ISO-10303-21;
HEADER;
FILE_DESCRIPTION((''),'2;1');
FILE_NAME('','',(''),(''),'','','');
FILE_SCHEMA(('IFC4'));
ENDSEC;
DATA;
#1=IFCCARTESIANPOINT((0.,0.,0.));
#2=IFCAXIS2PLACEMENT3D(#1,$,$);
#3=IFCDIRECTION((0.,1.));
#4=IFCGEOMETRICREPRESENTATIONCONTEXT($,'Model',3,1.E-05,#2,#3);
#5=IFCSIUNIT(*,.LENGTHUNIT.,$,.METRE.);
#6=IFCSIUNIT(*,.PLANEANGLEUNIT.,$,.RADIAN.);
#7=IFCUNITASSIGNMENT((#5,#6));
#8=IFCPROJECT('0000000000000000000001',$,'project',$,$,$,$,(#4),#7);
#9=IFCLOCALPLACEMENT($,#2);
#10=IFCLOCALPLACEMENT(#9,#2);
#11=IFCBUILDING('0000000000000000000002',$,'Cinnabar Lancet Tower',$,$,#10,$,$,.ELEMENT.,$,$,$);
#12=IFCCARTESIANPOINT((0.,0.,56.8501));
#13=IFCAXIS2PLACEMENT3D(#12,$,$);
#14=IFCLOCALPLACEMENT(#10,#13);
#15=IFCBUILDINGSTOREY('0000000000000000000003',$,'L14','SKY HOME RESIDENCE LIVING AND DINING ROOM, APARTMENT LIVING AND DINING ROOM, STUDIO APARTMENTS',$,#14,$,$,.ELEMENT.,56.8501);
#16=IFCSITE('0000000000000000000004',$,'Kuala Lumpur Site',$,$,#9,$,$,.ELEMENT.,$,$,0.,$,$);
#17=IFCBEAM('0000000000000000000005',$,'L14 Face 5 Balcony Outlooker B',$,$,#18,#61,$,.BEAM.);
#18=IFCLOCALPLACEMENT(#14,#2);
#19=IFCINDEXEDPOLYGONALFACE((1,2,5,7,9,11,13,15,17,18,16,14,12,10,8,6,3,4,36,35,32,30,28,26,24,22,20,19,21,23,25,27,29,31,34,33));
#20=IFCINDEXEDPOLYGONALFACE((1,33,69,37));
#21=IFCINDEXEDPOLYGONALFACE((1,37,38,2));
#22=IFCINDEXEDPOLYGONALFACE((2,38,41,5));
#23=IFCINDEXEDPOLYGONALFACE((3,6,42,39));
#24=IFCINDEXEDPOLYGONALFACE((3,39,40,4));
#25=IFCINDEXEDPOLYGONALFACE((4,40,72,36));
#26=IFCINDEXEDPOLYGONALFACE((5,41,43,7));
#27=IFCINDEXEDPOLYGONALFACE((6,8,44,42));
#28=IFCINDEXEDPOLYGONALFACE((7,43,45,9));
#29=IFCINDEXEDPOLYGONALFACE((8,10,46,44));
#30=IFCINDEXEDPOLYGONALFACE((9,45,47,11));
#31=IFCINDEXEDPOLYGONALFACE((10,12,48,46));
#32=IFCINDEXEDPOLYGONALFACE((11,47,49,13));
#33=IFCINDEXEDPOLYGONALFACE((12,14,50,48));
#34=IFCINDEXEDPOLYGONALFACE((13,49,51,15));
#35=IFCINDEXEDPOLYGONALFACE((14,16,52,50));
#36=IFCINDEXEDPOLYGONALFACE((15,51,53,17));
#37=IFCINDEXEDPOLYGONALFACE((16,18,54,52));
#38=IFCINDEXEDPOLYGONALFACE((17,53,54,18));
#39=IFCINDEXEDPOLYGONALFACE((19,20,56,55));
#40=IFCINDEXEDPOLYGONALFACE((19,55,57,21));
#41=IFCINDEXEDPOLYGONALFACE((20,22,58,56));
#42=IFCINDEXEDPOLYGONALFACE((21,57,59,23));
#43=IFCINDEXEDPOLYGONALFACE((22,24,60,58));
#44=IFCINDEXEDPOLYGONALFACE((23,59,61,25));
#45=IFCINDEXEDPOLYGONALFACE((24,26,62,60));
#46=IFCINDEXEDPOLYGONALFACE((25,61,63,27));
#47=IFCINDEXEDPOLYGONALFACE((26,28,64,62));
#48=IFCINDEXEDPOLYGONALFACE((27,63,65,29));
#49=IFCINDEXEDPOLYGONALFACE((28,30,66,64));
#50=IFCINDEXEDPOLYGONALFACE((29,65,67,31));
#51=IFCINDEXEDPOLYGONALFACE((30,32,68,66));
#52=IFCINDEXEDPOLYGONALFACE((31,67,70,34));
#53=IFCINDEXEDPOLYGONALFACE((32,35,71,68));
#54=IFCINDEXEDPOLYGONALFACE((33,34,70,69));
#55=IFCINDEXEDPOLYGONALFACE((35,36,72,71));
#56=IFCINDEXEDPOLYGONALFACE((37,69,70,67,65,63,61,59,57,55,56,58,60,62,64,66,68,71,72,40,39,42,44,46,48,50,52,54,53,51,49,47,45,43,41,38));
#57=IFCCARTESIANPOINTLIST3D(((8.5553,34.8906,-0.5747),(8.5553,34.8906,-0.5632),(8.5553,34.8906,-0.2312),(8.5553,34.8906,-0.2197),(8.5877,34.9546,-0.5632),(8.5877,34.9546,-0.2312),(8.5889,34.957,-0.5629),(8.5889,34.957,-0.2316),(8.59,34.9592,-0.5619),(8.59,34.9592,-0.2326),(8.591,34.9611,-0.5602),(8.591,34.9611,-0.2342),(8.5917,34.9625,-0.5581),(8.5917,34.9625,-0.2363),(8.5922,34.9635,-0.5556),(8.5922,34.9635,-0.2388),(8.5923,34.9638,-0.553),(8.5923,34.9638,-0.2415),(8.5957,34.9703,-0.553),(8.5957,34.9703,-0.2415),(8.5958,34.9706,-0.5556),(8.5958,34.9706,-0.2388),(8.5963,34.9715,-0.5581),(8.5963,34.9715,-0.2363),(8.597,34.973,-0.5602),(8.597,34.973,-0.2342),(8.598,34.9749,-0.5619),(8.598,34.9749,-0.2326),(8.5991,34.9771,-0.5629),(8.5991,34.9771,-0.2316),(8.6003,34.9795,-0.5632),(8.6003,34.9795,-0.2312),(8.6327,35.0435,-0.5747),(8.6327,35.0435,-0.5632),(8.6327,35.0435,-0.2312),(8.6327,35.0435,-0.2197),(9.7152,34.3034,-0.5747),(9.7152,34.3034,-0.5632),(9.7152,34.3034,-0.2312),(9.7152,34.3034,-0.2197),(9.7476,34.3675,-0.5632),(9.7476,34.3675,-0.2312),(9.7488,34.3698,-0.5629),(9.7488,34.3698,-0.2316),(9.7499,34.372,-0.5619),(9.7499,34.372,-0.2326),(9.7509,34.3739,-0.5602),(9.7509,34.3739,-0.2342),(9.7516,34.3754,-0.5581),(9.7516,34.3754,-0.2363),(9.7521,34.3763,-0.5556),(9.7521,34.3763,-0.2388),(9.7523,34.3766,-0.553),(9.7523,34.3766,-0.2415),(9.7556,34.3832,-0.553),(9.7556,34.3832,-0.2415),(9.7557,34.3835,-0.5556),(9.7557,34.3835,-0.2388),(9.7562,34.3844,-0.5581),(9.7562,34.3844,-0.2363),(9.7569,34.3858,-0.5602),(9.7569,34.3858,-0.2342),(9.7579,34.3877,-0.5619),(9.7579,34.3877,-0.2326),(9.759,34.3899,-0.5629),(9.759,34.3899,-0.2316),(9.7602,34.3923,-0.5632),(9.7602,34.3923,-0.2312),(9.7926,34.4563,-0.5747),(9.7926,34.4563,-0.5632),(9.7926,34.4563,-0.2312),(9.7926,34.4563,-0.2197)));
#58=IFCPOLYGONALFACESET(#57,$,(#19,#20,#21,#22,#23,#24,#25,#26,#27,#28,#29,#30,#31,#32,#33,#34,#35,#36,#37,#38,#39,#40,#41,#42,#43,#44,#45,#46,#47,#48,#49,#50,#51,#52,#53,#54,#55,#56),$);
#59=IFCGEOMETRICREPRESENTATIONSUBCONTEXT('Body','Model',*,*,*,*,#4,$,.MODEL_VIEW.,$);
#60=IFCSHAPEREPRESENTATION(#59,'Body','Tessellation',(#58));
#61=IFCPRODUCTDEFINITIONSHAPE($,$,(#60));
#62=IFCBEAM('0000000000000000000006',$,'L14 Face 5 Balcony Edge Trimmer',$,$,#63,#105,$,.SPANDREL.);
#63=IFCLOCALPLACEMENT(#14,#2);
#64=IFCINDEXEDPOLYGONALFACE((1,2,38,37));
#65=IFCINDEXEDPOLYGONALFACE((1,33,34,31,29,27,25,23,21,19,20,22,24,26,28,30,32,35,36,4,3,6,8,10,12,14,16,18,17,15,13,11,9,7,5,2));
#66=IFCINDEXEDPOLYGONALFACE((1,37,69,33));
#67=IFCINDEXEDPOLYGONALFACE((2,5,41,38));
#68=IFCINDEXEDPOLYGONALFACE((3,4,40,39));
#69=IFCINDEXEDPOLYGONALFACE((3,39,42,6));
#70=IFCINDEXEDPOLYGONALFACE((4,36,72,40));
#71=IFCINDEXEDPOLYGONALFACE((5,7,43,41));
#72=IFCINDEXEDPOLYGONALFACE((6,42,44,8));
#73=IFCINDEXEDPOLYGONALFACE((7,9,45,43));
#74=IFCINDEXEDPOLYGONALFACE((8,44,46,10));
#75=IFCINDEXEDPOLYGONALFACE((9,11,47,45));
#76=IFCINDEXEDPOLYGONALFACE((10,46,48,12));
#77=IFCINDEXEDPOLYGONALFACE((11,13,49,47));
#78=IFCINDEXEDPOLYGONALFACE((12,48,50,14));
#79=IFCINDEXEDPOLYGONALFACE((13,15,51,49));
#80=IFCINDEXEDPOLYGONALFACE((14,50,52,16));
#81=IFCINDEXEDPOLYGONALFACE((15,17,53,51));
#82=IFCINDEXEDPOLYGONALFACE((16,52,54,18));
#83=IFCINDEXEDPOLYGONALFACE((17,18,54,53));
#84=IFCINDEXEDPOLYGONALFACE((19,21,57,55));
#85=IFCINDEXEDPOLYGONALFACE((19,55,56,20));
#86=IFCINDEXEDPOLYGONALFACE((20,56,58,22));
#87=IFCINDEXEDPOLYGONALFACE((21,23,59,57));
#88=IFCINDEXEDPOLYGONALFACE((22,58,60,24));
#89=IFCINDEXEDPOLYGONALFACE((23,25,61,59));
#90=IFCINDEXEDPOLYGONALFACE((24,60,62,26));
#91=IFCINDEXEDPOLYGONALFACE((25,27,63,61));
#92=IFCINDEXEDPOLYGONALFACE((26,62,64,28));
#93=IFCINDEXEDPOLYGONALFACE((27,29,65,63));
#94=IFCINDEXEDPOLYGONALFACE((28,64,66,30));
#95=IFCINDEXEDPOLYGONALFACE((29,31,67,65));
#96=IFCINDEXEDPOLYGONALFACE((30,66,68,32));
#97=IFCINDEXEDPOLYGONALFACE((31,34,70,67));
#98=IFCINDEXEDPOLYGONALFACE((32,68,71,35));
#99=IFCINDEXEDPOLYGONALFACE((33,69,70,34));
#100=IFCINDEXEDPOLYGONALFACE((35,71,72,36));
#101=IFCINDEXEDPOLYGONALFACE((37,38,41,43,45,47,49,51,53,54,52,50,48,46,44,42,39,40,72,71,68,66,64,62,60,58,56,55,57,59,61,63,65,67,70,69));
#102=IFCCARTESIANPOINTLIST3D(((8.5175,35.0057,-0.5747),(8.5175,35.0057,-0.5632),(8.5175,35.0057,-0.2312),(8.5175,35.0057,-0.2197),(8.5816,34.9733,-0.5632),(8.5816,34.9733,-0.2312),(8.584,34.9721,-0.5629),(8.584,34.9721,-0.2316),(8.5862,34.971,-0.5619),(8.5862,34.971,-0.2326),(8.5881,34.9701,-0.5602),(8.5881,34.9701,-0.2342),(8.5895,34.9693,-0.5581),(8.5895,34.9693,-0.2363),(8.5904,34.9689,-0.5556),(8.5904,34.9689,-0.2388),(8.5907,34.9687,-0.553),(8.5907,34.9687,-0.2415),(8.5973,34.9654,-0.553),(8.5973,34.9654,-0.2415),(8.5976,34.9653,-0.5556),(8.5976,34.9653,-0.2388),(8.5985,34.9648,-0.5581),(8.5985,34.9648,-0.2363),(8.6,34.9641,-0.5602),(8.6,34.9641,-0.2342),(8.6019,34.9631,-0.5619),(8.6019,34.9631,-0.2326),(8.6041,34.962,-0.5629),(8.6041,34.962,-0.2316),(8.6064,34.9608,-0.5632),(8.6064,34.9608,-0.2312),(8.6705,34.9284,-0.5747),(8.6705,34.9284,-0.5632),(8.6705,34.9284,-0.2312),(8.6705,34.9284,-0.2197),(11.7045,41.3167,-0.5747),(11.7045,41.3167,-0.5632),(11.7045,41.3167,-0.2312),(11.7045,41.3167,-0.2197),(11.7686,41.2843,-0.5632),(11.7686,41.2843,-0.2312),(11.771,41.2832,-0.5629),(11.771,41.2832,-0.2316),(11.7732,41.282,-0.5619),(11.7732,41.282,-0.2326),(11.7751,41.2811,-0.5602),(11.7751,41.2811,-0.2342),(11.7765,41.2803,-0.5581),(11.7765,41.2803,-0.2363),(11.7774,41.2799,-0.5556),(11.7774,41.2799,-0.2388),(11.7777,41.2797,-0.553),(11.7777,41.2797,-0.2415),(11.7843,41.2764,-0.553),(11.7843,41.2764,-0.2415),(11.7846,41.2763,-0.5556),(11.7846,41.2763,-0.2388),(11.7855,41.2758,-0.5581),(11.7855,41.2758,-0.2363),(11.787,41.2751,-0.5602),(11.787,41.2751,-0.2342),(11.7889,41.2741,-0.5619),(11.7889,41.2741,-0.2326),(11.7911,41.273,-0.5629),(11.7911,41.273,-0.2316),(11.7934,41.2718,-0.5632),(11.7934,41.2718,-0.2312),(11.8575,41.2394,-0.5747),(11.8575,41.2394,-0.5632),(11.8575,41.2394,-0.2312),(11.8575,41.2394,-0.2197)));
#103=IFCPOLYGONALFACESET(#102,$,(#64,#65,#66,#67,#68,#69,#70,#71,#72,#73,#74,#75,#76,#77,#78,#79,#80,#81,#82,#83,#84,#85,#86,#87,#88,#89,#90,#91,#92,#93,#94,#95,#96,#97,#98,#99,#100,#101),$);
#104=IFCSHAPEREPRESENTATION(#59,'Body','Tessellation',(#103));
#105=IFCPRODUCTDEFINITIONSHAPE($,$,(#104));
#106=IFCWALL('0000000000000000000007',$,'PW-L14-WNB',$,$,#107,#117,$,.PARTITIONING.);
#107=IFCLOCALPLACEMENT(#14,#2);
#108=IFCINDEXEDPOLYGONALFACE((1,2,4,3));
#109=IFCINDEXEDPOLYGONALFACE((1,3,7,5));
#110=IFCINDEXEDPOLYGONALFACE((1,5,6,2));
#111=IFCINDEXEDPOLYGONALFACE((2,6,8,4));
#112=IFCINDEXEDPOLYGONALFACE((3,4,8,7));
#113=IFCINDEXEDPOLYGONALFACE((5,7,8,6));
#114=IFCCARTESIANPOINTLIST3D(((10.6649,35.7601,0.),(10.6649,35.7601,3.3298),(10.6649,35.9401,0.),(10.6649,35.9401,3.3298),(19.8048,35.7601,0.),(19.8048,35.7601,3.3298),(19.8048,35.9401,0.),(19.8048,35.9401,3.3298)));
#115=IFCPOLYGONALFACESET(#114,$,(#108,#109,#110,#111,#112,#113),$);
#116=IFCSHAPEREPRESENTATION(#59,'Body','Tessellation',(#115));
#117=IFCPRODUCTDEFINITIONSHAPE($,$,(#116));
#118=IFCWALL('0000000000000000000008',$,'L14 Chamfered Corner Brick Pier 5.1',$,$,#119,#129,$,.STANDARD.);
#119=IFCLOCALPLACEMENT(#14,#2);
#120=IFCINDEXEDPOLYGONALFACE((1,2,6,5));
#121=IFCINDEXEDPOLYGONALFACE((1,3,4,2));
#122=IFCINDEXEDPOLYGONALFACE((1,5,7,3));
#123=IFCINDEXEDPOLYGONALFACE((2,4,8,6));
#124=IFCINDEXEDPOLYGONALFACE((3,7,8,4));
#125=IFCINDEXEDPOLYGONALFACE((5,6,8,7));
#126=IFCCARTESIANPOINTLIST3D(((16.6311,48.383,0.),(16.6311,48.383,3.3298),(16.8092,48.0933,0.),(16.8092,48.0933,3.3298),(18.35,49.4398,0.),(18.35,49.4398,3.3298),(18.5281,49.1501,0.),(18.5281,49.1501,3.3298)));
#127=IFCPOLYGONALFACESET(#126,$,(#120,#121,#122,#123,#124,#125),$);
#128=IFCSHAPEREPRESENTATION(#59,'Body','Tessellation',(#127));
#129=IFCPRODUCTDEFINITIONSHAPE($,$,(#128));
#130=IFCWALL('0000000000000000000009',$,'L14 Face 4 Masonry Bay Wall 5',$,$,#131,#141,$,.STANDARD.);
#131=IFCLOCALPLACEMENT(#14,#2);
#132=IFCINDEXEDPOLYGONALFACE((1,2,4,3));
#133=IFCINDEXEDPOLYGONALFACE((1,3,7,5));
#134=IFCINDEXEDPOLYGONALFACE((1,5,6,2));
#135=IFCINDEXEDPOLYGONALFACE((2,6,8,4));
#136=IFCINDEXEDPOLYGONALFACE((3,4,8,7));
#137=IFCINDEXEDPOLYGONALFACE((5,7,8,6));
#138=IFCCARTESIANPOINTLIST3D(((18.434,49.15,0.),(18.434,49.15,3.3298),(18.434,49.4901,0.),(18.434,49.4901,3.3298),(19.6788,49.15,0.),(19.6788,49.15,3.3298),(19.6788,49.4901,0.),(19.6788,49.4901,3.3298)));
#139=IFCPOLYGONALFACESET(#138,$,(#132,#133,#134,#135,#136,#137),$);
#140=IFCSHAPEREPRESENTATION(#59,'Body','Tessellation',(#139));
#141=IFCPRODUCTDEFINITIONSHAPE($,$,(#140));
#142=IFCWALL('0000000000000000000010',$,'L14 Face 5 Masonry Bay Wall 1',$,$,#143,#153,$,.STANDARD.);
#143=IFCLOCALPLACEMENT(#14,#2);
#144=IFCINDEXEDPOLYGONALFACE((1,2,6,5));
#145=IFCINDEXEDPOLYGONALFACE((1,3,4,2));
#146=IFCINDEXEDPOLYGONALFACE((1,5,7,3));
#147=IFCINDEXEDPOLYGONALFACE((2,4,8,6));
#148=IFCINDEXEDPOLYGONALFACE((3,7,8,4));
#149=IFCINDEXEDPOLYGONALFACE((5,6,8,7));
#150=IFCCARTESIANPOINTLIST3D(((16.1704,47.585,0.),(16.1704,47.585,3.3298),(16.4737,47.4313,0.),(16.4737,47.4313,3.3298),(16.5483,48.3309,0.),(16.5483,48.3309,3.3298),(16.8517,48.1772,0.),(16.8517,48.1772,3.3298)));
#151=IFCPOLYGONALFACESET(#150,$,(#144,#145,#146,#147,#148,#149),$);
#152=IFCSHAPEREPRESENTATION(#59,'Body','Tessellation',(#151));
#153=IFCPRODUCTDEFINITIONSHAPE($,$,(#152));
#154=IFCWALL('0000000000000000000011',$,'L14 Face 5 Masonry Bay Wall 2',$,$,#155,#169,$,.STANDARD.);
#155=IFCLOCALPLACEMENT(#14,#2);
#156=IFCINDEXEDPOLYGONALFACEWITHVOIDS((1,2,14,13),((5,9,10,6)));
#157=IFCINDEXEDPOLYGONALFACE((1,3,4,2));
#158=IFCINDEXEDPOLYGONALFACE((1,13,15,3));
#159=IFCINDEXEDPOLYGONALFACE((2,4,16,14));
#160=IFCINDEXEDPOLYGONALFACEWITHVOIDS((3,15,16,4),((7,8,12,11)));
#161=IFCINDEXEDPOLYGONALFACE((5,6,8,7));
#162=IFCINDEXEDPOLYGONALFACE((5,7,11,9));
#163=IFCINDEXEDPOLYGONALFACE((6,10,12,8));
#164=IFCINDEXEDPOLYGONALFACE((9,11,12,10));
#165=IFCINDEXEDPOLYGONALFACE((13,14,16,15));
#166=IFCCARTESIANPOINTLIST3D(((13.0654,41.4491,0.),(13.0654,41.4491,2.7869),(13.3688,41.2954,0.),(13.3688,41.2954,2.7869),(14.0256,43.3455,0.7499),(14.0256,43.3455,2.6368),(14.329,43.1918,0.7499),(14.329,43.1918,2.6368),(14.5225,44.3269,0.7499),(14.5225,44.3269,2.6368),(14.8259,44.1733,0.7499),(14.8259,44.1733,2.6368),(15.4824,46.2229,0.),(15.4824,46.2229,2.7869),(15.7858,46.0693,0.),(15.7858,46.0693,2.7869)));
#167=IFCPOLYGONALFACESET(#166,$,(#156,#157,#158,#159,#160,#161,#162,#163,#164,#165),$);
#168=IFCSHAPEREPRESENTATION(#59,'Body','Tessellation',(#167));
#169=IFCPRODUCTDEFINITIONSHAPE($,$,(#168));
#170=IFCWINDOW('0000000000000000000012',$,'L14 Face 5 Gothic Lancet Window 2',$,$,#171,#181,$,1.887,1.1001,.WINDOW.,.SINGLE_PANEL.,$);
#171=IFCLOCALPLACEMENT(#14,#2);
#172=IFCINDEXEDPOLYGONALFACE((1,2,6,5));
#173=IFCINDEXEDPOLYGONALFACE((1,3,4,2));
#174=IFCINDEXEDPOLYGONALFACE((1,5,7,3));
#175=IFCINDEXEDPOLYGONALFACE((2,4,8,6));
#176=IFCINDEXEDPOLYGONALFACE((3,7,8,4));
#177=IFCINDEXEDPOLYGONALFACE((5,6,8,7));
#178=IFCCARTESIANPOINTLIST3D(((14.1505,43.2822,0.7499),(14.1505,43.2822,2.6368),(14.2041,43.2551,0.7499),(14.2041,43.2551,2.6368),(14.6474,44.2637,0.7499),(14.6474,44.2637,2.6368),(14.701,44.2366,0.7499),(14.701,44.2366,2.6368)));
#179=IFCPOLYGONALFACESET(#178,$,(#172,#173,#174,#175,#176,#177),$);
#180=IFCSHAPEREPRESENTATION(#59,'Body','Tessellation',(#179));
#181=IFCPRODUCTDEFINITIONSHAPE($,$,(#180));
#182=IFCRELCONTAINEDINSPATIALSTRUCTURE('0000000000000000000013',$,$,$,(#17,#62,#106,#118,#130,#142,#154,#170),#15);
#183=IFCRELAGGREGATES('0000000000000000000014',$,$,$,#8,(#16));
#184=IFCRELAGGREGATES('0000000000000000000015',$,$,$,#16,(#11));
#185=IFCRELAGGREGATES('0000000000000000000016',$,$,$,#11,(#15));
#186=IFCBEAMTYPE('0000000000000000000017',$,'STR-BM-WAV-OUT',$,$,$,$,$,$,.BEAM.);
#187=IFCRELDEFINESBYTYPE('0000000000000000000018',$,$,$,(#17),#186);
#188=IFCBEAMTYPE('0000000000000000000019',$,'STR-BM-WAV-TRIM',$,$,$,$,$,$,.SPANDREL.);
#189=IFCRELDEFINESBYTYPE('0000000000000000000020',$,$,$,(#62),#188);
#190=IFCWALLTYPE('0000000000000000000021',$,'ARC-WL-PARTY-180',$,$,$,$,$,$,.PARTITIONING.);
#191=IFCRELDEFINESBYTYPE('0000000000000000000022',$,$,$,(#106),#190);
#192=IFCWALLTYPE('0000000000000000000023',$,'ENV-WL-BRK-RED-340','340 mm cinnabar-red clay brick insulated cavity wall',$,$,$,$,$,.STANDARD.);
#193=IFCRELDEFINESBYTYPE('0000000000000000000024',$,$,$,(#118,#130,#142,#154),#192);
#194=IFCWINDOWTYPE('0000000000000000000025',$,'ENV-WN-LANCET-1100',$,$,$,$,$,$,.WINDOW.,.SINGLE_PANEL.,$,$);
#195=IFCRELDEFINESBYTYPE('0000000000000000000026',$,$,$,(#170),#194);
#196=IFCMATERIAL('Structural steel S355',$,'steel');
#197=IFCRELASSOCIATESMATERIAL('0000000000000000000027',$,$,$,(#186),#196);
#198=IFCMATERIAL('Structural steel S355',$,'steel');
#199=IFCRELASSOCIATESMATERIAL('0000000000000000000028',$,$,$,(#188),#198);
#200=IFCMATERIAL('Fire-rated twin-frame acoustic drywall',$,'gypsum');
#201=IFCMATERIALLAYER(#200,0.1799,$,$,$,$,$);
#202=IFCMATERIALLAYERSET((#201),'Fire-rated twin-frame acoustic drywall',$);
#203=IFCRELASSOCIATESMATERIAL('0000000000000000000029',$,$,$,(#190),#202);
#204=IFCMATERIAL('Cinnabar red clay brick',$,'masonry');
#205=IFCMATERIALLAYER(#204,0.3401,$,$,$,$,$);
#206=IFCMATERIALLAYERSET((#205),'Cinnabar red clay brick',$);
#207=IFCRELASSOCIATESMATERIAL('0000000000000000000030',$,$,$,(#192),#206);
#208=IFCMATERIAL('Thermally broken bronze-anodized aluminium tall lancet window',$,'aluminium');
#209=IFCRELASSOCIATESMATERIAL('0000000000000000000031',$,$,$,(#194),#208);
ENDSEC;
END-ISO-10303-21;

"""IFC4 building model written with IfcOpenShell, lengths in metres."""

from ifc_helpers import new_model, si_unit, direction, frame, frame_2d, origin, origin_2d, place, context, subcontext, project, spatial, rectangle, i_section, extrude, material, layer, layer_set, material_profile, profile_set, type_object, element, fill, save


model = new_model("IFC4")

# Units and contexts
model_context = context("Model", 3, precision=1e-05, world=origin(), true_north=direction((0.0, 1.0)))
body_context = subcontext(model_context, "Body", "Model", "MODEL_VIEW")
ifc_project = project(units=[si_unit("LENGTHUNIT", "METRE"), si_unit("PLANEANGLEUNIT", "RADIAN")], contexts=[model_context])

# Site, building, storey
site_placement = place(None, origin())
site = spatial("IfcSite", under=ifc_project, at=site_placement, Name="Kuala Lumpur Site", CompositionType="ELEMENT", RefElevation=0.0)
building_placement = place(site_placement, origin())
building = spatial("IfcBuilding", under=site, at=building_placement, Name="Cinnabar Lancet Tower", CompositionType="ELEMENT")
storey_placement = place(building_placement, frame((0.0, 0.0, 56.8501)))
storey = spatial("IfcBuildingStorey", under=building, at=storey_placement, Name="L14", Description="SKY HOME RESIDENCE LIVING AND DINING ROOM, APARTMENT LIVING AND DINING ROOM, STUDIO APARTMENTS", CompositionType="ELEMENT", Elevation=56.8501)

# Beams
ifc_material_1 = material(Name="Structural steel S355", Category="steel")
ifc_material_profile_1 = material_profile(ifc_material_1, i_section(OverallWidth=0.1714, OverallDepth=0.355, WebThickness=0.0073, FlangeThickness=0.0115, FilletRadius=0.0103, at=origin_2d()), Name="UKB 356x171x51")
ifc_profile_set_1 = profile_set([ifc_material_profile_1], Name="Structural steel S355")
beam_type_1 = type_object("IfcBeamType", Name="STR-BM-WAV-OUT", PredefinedType="BEAM", material=ifc_profile_set_1)
for number, where, z_axis, x_axis, name in (
    (1, (9.7539, 34.3799, -0.3972), (-0.8922, 0.45164, 0.0), (-0.45164, -0.8922, 0.0), "L14 Face 5 Balcony Outlooker B"),
):
    element("IfcBeam", number, at=place(storey_placement, frame(where, z_axis=z_axis, x_axis=x_axis)), inside=storey, type_object=beam_type_1, Name=name, PredefinedType="BEAM", context=body_context, shape_type="SweptSolid", body=[
        extrude(i_section(OverallWidth=0.1714, OverallDepth=0.355, WebThickness=0.0073, FlangeThickness=0.0115, FilletRadius=0.0103, at=origin_2d()), origin(), (0.0, 0.0, 1.0), 1.3),
    ])
ifc_material_2 = material(Name="Structural steel S355", Category="steel")
ifc_material_profile_2 = material_profile(ifc_material_2, i_section(OverallWidth=0.1714, OverallDepth=0.355, WebThickness=0.0073, FlangeThickness=0.0115, FilletRadius=0.0103, at=origin_2d()), Name="UKB 356x171x51")
ifc_profile_set_2 = profile_set([ifc_material_profile_2], Name="Structural steel S355")
beam_type_2 = type_object("IfcBeamType", Name="STR-BM-WAV-TRIM", PredefinedType="SPANDREL", material=ifc_profile_set_2)
beam_1_placement = place(storey_placement, frame((11.781, 41.2781, -0.3972), z_axis=(-0.450774, -0.892638, 0.0), x_axis=(0.892638, -0.450774, 0.0)))
element("IfcBeam", 2, at=beam_1_placement, inside=storey, type_object=beam_type_2, Name="L14 Face 5 Balcony Edge Trimmer", PredefinedType="SPANDREL", context=body_context, shape_type="SweptSolid", body=[
    extrude(i_section(OverallWidth=0.1714, OverallDepth=0.355, WebThickness=0.0073, FlangeThickness=0.0115, FilletRadius=0.0103, at=origin_2d()), origin(), (0.0, 0.0, 1.0), 7.0701),
])

# Walls
ifc_material_3 = material(Name="Fire-rated twin-frame acoustic drywall", Category="gypsum")
ifc_layer_1 = layer(ifc_material_3, 0.1799)
ifc_layer_set_1 = layer_set([ifc_layer_1], Name="Fire-rated twin-frame acoustic drywall")
wall_type_1 = type_object("IfcWallType", Name="ARC-WL-PARTY-180", PredefinedType="PARTITIONING", material=ifc_layer_set_1)
wall_1_placement = place(storey_placement, frame((10.665, 35.8501, 0.0), z_axis=(0.0, 0.0, 1.0), x_axis=(1.0, 0.0, 0.0)))
element("IfcWall", 3, at=wall_1_placement, inside=storey, type_object=wall_type_1, Name="PW-L14-WNB", PredefinedType="PARTITIONING", context=body_context, shape_type="SweptSolid", body=[
    extrude(rectangle(XDim=9.1399, YDim=0.1799, at=frame_2d((4.5698, 0.0))), origin(), (0.0, 0.0, 1.0), 3.3298),
])
ifc_material_4 = material(Name="Cinnabar red clay brick", Category="masonry")
ifc_layer_2 = layer(ifc_material_4, 0.3401)
ifc_layer_set_2 = layer_set([ifc_layer_2], Name="Cinnabar red clay brick")
wall_type_2 = type_object("IfcWallType", Name="ENV-WL-BRK-RED-340", Description="340 mm cinnabar-red clay brick insulated cavity wall", PredefinedType="STANDARD", material=ifc_layer_set_2)
wall_2_placement = place(storey_placement, frame((18.439, 49.2949, 0.0), z_axis=(0.0, 0.0, 1.0), x_axis=(-0.85187, -0.523753, 0.0)))
element("IfcWall", 4, at=wall_2_placement, inside=storey, type_object=wall_type_2, Name="L14 Chamfered Corner Brick Pier 5.1", PredefinedType="STANDARD", context=body_context, shape_type="SweptSolid", body=[
    extrude(rectangle(XDim=2.0178, YDim=0.3401, at=frame_2d((1.0088, 0.0))), origin(), (0.0, 0.0, 1.0), 3.3298),
])
wall_3_placement = place(storey_placement, frame((19.679, 49.3201, 0.0), z_axis=(0.0, 0.0, 1.0), x_axis=(-1.0, 0.0, 0.0)))
element("IfcWall", 5, at=wall_3_placement, inside=storey, type_object=wall_type_2, Name="L14 Face 4 Masonry Bay Wall 5", PredefinedType="STANDARD", context=body_context, shape_type="SweptSolid", body=[
    extrude(rectangle(XDim=1.2449, YDim=0.3401, at=frame_2d((0.6226, 0.0))), origin(), (0.0, 0.0, 1.0), 3.3298),
])
wall_4_placement = place(storey_placement, frame((16.7, 48.2539, 0.0), z_axis=(0.0, 0.0, 1.0), x_axis=(-0.451996, -0.89202, 0.0)))
element("IfcWall", 6, at=wall_4_placement, inside=storey, type_object=wall_type_2, Name="L14 Face 5 Masonry Bay Wall 1", PredefinedType="STANDARD", context=body_context, shape_type="SweptSolid", body=[
    extrude(rectangle(XDim=0.8362, YDim=0.3401, at=frame_2d((0.418, 0.0))), origin(), (0.0, 0.0, 1.0), 3.3298),
])

# Wall, opening, window
wall_5_placement = place(storey_placement, frame((15.634, 46.146, 0.0), z_axis=(0.0, 0.0, 1.0), x_axis=(-0.451698, -0.892171, 0.0)))
wall_5 = element("IfcWall", 7, at=wall_5_placement, inside=storey, type_object=wall_type_2, Name="L14 Face 5 Masonry Bay Wall 2", PredefinedType="STANDARD", context=body_context, shape_type="SweptSolid", body=[
    extrude(rectangle(XDim=5.3508, YDim=0.3401, at=frame_2d((2.6753, 0.0))), origin(), (0.0, 0.0, 1.0), 2.7869),
])
opening_1_placement = place(wall_5_placement, frame((2.125, 0.0, 0.75)))
opening_1 = element("IfcOpeningElement", 8, at=opening_1_placement, cuts=wall_5, PredefinedType="OPENING", context=body_context, shape_type="SweptSolid", body=[
    extrude(rectangle(XDim=1.1001, YDim=1.887, at=frame_2d((0.55, 0.9434))), frame((0.0, 0.1799, 0.0), z_axis=(0.0, -1.0, 0.0), x_axis=(1.0, 0.0, 0.0)), (0.0, 0.0, 1.0), 0.3601),
])
ifc_material_5 = material(Name="Thermally broken bronze-anodized aluminium tall lancet window", Category="aluminium")
window_type = type_object("IfcWindowType", Name="ENV-WN-LANCET-1100", PartitioningType="SINGLE_PANEL", PredefinedType="WINDOW", material=ifc_material_5)
window_placement = place(opening_1_placement, origin())
window = element("IfcWindow", 9, at=window_placement, inside=storey, type_object=window_type, Name="L14 Face 5 Gothic Lancet Window 2", OverallHeight=1.887, OverallWidth=1.1001, PartitioningType="SINGLE_PANEL", PredefinedType="WINDOW", context=body_context, shape_type="SweptSolid", body=[
    extrude(rectangle(XDim=1.1001, YDim=1.887, at=frame_2d((0.55, 0.9434))), frame((0.0, 0.03, 0.0), z_axis=(0.0, -1.0, 0.0), x_axis=(1.0, 0.0, 0.0)), (0.0, 0.0, 1.0), 0.0601),
])
fill(opening_1, window)

save(model, "model.ifc")
